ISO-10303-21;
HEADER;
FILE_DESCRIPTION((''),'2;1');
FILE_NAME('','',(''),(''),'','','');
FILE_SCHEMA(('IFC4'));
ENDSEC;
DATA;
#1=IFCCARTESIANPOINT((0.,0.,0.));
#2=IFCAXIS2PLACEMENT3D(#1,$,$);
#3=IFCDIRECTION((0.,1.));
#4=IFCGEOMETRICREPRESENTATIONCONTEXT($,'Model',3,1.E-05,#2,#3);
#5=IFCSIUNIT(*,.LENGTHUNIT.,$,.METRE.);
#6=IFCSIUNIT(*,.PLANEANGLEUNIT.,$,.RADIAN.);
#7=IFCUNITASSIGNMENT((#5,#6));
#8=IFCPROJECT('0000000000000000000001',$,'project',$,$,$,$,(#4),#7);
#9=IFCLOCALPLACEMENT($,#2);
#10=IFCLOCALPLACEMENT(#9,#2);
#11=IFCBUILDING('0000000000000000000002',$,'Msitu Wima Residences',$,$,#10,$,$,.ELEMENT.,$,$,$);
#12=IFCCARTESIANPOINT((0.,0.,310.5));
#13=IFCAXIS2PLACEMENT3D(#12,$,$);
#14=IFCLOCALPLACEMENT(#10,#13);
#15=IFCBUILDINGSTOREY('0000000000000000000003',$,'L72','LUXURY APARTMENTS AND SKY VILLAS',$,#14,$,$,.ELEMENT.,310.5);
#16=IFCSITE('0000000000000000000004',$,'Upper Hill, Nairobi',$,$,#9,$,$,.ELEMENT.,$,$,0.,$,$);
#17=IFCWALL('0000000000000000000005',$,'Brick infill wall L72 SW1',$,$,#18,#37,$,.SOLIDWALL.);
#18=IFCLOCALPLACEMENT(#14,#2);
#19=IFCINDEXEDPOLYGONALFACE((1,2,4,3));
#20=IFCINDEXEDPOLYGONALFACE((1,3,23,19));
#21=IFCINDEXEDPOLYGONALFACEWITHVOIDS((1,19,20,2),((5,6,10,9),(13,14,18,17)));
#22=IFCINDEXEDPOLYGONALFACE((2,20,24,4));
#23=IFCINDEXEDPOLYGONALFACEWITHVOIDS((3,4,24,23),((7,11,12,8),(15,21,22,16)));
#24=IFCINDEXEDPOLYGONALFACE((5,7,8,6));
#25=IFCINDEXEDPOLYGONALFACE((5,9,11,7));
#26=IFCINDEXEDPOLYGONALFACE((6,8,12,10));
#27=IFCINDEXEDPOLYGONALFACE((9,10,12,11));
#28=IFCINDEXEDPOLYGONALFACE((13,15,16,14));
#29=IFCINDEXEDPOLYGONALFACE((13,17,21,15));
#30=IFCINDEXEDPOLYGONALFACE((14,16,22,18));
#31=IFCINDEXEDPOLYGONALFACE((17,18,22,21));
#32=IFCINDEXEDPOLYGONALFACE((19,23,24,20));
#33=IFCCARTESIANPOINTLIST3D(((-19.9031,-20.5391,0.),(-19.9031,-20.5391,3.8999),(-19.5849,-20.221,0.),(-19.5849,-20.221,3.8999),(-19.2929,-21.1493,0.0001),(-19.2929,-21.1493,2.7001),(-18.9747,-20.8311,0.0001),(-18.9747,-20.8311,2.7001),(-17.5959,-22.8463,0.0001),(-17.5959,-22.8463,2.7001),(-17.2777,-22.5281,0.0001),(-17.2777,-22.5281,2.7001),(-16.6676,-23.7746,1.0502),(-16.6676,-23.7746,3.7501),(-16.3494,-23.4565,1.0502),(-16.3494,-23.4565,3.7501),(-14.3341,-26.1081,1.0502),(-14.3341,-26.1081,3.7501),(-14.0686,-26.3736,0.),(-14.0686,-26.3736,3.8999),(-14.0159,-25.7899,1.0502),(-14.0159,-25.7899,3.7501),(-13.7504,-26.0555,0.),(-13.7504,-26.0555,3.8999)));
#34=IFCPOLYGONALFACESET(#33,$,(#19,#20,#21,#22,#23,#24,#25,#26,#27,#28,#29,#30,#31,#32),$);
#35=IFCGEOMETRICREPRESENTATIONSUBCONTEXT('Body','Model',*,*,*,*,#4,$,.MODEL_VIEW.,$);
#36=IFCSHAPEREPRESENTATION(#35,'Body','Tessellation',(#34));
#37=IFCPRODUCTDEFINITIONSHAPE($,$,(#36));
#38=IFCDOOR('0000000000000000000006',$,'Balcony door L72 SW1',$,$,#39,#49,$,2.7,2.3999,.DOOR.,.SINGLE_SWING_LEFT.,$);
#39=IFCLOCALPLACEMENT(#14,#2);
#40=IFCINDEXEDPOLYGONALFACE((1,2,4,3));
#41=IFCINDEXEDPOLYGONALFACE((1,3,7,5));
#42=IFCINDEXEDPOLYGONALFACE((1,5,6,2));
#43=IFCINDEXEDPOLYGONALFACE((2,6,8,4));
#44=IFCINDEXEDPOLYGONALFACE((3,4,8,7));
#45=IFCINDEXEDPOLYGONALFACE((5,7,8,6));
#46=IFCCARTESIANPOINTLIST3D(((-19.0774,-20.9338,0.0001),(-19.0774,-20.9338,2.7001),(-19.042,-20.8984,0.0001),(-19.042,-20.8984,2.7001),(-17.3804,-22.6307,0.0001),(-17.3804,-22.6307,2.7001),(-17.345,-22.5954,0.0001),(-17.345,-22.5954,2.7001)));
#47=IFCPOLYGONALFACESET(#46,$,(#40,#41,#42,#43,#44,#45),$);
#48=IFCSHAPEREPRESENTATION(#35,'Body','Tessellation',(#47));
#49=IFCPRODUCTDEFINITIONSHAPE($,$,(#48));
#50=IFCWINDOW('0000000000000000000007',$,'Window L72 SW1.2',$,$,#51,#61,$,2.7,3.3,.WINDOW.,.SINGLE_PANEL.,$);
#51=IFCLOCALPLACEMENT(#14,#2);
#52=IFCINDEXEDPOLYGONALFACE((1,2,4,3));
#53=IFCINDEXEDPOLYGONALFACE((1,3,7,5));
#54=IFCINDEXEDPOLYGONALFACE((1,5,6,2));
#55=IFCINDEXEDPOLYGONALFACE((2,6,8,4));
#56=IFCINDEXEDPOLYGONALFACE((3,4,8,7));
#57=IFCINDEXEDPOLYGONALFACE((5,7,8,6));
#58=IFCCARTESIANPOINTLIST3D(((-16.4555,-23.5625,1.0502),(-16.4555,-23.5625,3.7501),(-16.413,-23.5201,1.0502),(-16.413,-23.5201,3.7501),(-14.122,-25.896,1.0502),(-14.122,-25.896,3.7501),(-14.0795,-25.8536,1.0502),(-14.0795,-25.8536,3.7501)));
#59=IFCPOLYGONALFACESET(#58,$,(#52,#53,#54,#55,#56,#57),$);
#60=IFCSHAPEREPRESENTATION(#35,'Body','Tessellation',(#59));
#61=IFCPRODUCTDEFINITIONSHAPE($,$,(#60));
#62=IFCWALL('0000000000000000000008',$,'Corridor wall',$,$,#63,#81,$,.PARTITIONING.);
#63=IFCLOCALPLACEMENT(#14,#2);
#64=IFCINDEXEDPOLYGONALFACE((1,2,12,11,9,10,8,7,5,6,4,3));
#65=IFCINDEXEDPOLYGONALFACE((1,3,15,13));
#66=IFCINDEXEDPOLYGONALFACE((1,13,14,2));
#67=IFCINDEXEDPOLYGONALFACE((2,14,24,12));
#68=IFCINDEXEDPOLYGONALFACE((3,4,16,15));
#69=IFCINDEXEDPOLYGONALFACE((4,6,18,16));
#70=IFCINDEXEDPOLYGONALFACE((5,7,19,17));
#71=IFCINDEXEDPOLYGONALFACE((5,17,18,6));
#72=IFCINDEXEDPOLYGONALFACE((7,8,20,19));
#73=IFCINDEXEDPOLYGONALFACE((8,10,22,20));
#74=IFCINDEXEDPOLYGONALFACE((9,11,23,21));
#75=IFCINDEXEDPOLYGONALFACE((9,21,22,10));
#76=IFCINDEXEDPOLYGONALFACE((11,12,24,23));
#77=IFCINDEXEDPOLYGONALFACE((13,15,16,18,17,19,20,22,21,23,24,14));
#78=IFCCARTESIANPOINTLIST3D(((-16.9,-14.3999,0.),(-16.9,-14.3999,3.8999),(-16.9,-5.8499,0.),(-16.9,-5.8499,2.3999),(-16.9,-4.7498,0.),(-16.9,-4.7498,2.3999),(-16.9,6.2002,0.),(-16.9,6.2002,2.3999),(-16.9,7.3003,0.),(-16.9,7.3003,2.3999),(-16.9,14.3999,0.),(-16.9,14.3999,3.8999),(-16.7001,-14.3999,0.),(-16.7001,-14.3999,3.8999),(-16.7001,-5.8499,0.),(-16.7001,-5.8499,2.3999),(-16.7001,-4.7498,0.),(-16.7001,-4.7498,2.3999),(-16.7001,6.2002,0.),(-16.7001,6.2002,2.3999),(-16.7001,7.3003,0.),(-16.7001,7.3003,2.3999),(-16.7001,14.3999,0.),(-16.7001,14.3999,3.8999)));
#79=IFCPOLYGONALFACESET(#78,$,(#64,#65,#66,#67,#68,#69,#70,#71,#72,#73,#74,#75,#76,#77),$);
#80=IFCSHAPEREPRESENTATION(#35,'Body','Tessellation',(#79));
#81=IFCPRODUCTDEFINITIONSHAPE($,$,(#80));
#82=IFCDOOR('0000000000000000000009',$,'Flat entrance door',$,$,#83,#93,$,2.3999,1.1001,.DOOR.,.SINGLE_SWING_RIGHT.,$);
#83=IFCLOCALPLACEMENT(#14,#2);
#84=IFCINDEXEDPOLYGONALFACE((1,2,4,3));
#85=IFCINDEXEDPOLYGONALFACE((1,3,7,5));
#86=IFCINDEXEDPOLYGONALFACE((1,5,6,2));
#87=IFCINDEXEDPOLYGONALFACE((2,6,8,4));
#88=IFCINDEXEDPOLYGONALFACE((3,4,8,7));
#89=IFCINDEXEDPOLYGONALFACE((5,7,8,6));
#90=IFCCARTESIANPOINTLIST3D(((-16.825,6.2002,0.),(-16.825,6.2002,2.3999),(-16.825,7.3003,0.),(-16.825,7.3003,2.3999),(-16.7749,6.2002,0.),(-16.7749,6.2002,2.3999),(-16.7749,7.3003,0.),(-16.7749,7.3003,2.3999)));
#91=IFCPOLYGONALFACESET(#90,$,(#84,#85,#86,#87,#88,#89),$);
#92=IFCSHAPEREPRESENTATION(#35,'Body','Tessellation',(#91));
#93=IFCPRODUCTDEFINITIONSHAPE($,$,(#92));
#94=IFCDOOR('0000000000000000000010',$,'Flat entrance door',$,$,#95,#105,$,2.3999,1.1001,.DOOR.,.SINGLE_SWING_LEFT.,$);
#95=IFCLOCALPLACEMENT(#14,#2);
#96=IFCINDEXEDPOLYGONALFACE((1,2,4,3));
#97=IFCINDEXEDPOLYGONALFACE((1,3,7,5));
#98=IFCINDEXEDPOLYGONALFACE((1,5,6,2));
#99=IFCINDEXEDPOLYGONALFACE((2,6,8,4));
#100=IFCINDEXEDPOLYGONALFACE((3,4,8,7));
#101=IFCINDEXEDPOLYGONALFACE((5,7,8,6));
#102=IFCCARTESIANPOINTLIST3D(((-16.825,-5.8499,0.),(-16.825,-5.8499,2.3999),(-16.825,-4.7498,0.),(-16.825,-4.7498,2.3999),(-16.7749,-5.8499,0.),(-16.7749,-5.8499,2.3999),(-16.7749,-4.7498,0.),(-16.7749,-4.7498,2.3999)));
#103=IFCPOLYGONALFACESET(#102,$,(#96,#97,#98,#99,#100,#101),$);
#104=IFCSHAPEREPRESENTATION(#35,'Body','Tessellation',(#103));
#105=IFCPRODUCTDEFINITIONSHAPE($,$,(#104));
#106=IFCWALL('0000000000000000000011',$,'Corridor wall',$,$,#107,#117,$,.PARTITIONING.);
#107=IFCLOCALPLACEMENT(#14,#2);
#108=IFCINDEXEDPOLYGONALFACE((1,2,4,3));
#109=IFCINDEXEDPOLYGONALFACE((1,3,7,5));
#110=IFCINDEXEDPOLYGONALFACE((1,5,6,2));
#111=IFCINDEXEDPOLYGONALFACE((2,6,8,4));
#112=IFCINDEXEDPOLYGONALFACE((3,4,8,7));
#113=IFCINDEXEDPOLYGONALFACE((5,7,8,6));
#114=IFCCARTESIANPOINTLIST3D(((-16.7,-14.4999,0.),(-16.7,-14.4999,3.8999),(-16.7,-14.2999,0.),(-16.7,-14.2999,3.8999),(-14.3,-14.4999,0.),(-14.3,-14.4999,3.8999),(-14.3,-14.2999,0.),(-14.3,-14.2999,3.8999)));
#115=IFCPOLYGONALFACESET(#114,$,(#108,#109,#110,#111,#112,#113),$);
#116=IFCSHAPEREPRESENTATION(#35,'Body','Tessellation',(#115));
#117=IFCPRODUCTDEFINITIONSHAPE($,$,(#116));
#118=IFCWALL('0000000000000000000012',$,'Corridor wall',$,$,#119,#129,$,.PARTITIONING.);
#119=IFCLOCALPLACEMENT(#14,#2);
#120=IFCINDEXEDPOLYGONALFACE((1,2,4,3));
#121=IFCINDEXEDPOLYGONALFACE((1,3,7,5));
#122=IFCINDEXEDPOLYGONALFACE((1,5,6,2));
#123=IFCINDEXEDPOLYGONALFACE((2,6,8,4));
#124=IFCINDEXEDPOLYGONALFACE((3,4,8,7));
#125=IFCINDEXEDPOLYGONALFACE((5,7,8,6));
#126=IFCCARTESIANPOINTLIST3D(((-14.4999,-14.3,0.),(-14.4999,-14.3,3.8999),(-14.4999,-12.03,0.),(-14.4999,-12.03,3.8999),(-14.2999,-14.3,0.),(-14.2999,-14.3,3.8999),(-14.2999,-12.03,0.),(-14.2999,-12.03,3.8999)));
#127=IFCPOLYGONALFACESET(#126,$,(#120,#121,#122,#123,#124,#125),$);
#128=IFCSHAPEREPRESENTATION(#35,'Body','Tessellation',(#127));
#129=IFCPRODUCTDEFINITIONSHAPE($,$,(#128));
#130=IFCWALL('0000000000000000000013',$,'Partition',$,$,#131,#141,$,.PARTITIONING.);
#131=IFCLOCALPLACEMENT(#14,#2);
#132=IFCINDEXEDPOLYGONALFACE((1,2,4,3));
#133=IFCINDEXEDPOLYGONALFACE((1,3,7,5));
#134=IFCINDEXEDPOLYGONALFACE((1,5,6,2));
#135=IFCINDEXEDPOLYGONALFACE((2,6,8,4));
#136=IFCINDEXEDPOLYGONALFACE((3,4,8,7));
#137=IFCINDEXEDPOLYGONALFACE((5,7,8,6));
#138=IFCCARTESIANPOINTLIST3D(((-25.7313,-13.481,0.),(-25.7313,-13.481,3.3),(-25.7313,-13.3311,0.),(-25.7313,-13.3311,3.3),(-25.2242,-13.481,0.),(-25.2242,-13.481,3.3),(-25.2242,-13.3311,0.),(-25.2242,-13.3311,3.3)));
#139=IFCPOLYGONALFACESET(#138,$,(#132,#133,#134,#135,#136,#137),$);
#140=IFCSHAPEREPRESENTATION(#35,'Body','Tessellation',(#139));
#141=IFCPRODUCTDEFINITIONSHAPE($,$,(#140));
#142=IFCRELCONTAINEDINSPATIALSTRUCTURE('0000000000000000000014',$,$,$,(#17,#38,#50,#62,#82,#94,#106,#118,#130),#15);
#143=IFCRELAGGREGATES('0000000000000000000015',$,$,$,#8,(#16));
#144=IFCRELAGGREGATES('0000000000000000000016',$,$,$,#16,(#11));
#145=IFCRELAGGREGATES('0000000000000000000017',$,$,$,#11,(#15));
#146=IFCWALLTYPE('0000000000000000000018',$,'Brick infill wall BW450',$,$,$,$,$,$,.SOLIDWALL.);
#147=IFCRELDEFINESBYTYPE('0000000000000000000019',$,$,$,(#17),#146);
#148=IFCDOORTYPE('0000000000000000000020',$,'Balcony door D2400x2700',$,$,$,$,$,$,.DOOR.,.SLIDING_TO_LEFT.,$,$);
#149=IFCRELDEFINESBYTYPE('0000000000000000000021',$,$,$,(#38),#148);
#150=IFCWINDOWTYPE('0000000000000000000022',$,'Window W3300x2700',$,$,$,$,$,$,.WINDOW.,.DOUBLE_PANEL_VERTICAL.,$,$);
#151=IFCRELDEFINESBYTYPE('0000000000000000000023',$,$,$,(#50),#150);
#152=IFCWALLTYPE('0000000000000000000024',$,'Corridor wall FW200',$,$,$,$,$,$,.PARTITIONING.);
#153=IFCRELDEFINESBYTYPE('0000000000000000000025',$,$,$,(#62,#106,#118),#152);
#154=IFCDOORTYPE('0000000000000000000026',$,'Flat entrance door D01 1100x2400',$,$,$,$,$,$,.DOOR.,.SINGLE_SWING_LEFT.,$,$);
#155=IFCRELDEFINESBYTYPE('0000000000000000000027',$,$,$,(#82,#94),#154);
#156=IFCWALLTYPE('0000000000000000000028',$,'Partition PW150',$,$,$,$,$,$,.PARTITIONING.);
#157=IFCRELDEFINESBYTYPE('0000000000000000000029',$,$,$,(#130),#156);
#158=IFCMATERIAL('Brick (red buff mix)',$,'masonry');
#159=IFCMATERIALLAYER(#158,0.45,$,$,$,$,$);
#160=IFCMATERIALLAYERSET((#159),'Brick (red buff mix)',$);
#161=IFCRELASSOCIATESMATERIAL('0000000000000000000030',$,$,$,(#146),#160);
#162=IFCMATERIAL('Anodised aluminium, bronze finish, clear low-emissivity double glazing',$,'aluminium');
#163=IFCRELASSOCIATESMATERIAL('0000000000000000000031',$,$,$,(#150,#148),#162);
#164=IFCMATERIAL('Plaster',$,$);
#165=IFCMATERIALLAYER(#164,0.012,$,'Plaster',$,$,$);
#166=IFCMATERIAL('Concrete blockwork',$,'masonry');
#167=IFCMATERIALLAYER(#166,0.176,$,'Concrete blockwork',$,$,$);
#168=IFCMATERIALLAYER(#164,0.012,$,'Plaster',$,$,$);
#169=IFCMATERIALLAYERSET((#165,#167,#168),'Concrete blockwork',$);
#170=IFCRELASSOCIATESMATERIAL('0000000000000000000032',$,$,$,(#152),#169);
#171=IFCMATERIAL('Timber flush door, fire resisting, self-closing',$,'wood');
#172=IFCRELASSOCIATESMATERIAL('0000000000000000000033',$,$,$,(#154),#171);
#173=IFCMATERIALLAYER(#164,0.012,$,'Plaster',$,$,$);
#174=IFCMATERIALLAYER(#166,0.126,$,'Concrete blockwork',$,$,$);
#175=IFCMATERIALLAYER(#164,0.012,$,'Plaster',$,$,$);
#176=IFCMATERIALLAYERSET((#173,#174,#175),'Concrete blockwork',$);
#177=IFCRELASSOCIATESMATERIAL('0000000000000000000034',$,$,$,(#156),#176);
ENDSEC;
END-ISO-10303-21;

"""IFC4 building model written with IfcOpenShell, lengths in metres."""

from ifc_helpers import new_model, si_unit, direction, frame, frame_2d, origin, place, context, subcontext, project, spatial, rectangle, extrude, material, layer, layer_set, type_object, element, fill, save


model = new_model("IFC4")

# Units and contexts
model_context = context("Model", 3, precision=1e-05, world=origin(), true_north=direction((0.0, 1.0)))
body_context = subcontext(model_context, "Body", "Model", "MODEL_VIEW")
ifc_project = project(units=[si_unit("LENGTHUNIT", "METRE"), si_unit("PLANEANGLEUNIT", "RADIAN")], contexts=[model_context])

# Site, building, storey
site_placement = place(None, origin())
site = spatial("IfcSite", under=ifc_project, at=site_placement, Name="Upper Hill, Nairobi", CompositionType="ELEMENT", RefElevation=0.0)
building_placement = place(site_placement, origin())
building = spatial("IfcBuilding", under=site, at=building_placement, Name="Msitu Wima Residences", CompositionType="ELEMENT")
storey_placement = place(building_placement, frame((0.0, 0.0, 310.5)))
storey = spatial("IfcBuildingStorey", under=building, at=storey_placement, Name="L72", Description="LUXURY APARTMENTS AND SKY VILLAS", CompositionType="ELEMENT", Elevation=310.5)

# Shared definitions
ifc_material_1 = material(Name="Brick (red buff mix)", Category="masonry")
ifc_layer_1 = layer(ifc_material_1, 0.45)
ifc_layer_set_1 = layer_set([ifc_layer_1], Name="Brick (red buff mix)")
wall_type_1 = type_object("IfcWallType", Name="Brick infill wall BW450", PredefinedType="SOLIDWALL", material=ifc_layer_set_1)
ifc_material_2 = material(Name="Anodised aluminium, bronze finish, clear low-emissivity double glazing", Category="aluminium")
window_type = type_object("IfcWindowType", Name="Window W3300x2700", PartitioningType="DOUBLE_PANEL_VERTICAL", PredefinedType="WINDOW", material=ifc_material_2)

# Wall, openings, door, window
wall_1_placement = place(storey_placement, frame((-19.7439, -20.3801, 0.0), z_axis=(0.0, 0.0, 1.0), x_axis=(0.707107, -0.707107, 0.0)))
wall_1 = element("IfcWall", 1, at=wall_1_placement, inside=storey, type_object=wall_type_1, Name="Brick infill wall L72 SW1", PredefinedType="SOLIDWALL", context=body_context, shape_type="SweptSolid", body=[
    extrude(rectangle(XDim=8.2512, YDim=0.45, at=frame_2d((4.1255, 0.0))), origin(), (0.0, 0.0, 1.0), 3.8999),
])
opening_1_placement = place(wall_1_placement, frame((0.8628, 0.0, 0.0)))
opening_1 = element("IfcOpeningElement", 2, at=opening_1_placement, cuts=wall_1, PredefinedType="OPENING", context=body_context, shape_type="SweptSolid", body=[
    extrude(rectangle(XDim=2.3999, YDim=2.7, at=frame_2d((1.2, 1.3501))), frame((0.0, 0.2349, 0.0), z_axis=(0.0, -1.0, 0.0), x_axis=(1.0, 0.0, 0.0)), (0.0, 0.0, 1.0), 0.47),
])
opening_2_placement = place(wall_1_placement, frame((4.5757, 0.0, 1.05)))
opening_2 = element("IfcOpeningElement", 3, at=opening_2_placement, cuts=wall_1, PredefinedType="OPENING", context=body_context, shape_type="SweptSolid", body=[
    extrude(rectangle(XDim=3.3, YDim=2.7, at=frame_2d((1.6499, 1.3501))), frame((0.0, 0.2349, 0.0), z_axis=(0.0, -1.0, 0.0), x_axis=(1.0, 0.0, 0.0)), (0.0, 0.0, 1.0), 0.47),
])
door_type_1 = type_object("IfcDoorType", Name="Balcony door D2400x2700", OperationType="SLIDING_TO_LEFT", PredefinedType="DOOR", material=ifc_material_2)
door_1_placement = place(opening_1_placement, origin())
door_1 = element("IfcDoor", 4, at=door_1_placement, inside=storey, type_object=door_type_1, Name="Balcony door L72 SW1", OperationType="SINGLE_SWING_LEFT", OverallHeight=2.7, OverallWidth=2.3999, PredefinedType="DOOR", context=body_context, shape_type="SweptSolid", body=[
    extrude(rectangle(XDim=2.3999, YDim=2.7, at=frame_2d((1.2, 1.3501))), frame((0.0, 0.1299, 0.0), z_axis=(0.0, -1.0, 0.0), x_axis=(1.0, 0.0, 0.0)), (0.0, 0.0, 1.0), 0.05),
])
fill(opening_1, door_1)
window_1_placement = place(opening_2_placement, origin())
window_1 = element("IfcWindow", 5, at=window_1_placement, inside=storey, type_object=window_type, Name="Window L72 SW1.2", OverallHeight=2.7, OverallWidth=3.3, PartitioningType="SINGLE_PANEL", PredefinedType="WINDOW", context=body_context, shape_type="SweptSolid", body=[
    extrude(rectangle(XDim=3.3, YDim=2.7, at=frame_2d((1.6499, 1.3501))), frame((0.0, 0.135, 0.0), z_axis=(0.0, -1.0, 0.0), x_axis=(1.0, 0.0, 0.0)), (0.0, 0.0, 1.0), 0.0601),
])
fill(opening_2, window_1)

# Wall, openings, doors
ifc_material_3 = material(Name="Plaster")
ifc_layer_2 = layer(ifc_material_3, 0.012, Name="Plaster")
ifc_material_4 = material(Name="Concrete blockwork", Category="masonry")
ifc_layer_3 = layer(ifc_material_4, 0.176, Name="Concrete blockwork")
ifc_layer_4 = layer(ifc_material_3, 0.012, Name="Plaster")
ifc_layer_set_2 = layer_set([ifc_layer_2, ifc_layer_3, ifc_layer_4], Name="Concrete blockwork")
wall_type_2 = type_object("IfcWallType", Name="Corridor wall FW200", PredefinedType="PARTITIONING", material=ifc_layer_set_2)
wall_2_placement = place(storey_placement, frame((-16.8, -14.3999, 0.0), z_axis=(0.0, 0.0, 1.0), x_axis=(0.0, 1.0, 0.0)))
wall_2 = element("IfcWall", 6, at=wall_2_placement, inside=storey, type_object=wall_type_2, Name="Corridor wall", PredefinedType="PARTITIONING", context=body_context, shape_type="SweptSolid", body=[
    extrude(rectangle(XDim=28.7998, YDim=0.2, at=frame_2d((14.3999, 0.0))), origin(), (0.0, 0.0, 1.0), 3.8999),
])
opening_3_placement = place(wall_2_placement, frame((20.6001, 0.0, 0.0)))
opening_3 = element("IfcOpeningElement", 7, at=opening_3_placement, cuts=wall_2, PredefinedType="OPENING", context=body_context, shape_type="SweptSolid", body=[
    extrude(rectangle(XDim=1.1001, YDim=2.3999, at=frame_2d((0.55, 1.2))), frame((0.0, 0.1099, 0.0), z_axis=(0.0, -1.0, 0.0), x_axis=(1.0, 0.0, 0.0)), (0.0, 0.0, 1.0), 0.22),
])
opening_4_placement = place(wall_2_placement, frame((8.55, 0.0, 0.0)))
opening_4 = element("IfcOpeningElement", 8, at=opening_4_placement, cuts=wall_2, PredefinedType="OPENING", context=body_context, shape_type="SweptSolid", body=[
    extrude(rectangle(XDim=1.1001, YDim=2.3999, at=frame_2d((0.55, 1.2))), frame((0.0, 0.1099, 0.0), z_axis=(0.0, -1.0, 0.0), x_axis=(1.0, 0.0, 0.0)), (0.0, 0.0, 1.0), 0.22),
])
ifc_material_5 = material(Name="Timber flush door, fire resisting, self-closing", Category="wood")
door_type_2 = type_object("IfcDoorType", Name="Flat entrance door D01 1100x2400", OperationType="SINGLE_SWING_LEFT", PredefinedType="DOOR", material=ifc_material_5)
door_2_placement = place(opening_3_placement, origin())
door_2 = element("IfcDoor", 9, at=door_2_placement, inside=storey, type_object=door_type_2, Name="Flat entrance door", OperationType="SINGLE_SWING_RIGHT", OverallHeight=2.3999, OverallWidth=1.1001, PredefinedType="DOOR", context=body_context, shape_type="SweptSolid", body=[
    extrude(rectangle(XDim=1.1001, YDim=2.3999, at=frame_2d((0.55, 1.2))), frame((0.0, 0.0249, 0.0), z_axis=(0.0, -1.0, 0.0), x_axis=(1.0, 0.0, 0.0)), (0.0, 0.0, 1.0), 0.05),
])
fill(opening_3, door_2)
door_3_placement = place(opening_4_placement, origin())
door_3 = element("IfcDoor", 10, at=door_3_placement, inside=storey, type_object=door_type_2, Name="Flat entrance door", OperationType="SINGLE_SWING_LEFT", OverallHeight=2.3999, OverallWidth=1.1001, PredefinedType="DOOR", context=body_context, shape_type="SweptSolid", body=[
    extrude(rectangle(XDim=1.1001, YDim=2.3999, at=frame_2d((0.55, 1.2))), frame((0.0, 0.0249, 0.0), z_axis=(0.0, -1.0, 0.0), x_axis=(1.0, 0.0, 0.0)), (0.0, 0.0, 1.0), 0.05),
])
fill(opening_4, door_3)

# Walls
wall_3_placement = place(storey_placement, frame((-16.7, -14.3999, 0.0), z_axis=(0.0, 0.0, 1.0), x_axis=(1.0, 0.0, 0.0)))
element("IfcWall", 11, at=wall_3_placement, inside=storey, type_object=wall_type_2, Name="Corridor wall", PredefinedType="PARTITIONING", context=body_context, shape_type="SweptSolid", body=[
    extrude(rectangle(XDim=2.3999, YDim=0.2, at=frame_2d((1.2, 0.0))), origin(), (0.0, 0.0, 1.0), 3.8999),
])
wall_4_placement = place(storey_placement, frame((-14.3999, -14.3, 0.0), z_axis=(0.0, 0.0, 1.0), x_axis=(0.0, 1.0, 0.0)))
element("IfcWall", 12, at=wall_4_placement, inside=storey, type_object=wall_type_2, Name="Corridor wall", PredefinedType="PARTITIONING", context=body_context, shape_type="SweptSolid", body=[
    extrude(rectangle(XDim=2.27, YDim=0.2, at=frame_2d((1.135, 0.0))), origin(), (0.0, 0.0, 1.0), 3.8999),
])
ifc_layer_5 = layer(ifc_material_3, 0.012, Name="Plaster")
ifc_layer_6 = layer(ifc_material_4, 0.126, Name="Concrete blockwork")
ifc_layer_7 = layer(ifc_material_3, 0.012, Name="Plaster")
ifc_layer_set_3 = layer_set([ifc_layer_5, ifc_layer_6, ifc_layer_7], Name="Concrete blockwork")
wall_type_3 = type_object("IfcWallType", Name="Partition PW150", PredefinedType="PARTITIONING", material=ifc_layer_set_3)
wall_5_placement = place(storey_placement, frame((-25.7312, -13.406, 0.0), z_axis=(0.0, 0.0, 1.0), x_axis=(1.0, 0.0, 0.0)))
element("IfcWall", 13, at=wall_5_placement, inside=storey, type_object=wall_type_3, Name="Partition", PredefinedType="PARTITIONING", context=body_context, shape_type="SweptSolid", body=[
    extrude(rectangle(XDim=0.5071, YDim=0.1499, at=frame_2d((0.2534, 0.0))), origin(), (0.0, 0.0, 1.0), 3.3),
])

save(model, "model.ifc")
